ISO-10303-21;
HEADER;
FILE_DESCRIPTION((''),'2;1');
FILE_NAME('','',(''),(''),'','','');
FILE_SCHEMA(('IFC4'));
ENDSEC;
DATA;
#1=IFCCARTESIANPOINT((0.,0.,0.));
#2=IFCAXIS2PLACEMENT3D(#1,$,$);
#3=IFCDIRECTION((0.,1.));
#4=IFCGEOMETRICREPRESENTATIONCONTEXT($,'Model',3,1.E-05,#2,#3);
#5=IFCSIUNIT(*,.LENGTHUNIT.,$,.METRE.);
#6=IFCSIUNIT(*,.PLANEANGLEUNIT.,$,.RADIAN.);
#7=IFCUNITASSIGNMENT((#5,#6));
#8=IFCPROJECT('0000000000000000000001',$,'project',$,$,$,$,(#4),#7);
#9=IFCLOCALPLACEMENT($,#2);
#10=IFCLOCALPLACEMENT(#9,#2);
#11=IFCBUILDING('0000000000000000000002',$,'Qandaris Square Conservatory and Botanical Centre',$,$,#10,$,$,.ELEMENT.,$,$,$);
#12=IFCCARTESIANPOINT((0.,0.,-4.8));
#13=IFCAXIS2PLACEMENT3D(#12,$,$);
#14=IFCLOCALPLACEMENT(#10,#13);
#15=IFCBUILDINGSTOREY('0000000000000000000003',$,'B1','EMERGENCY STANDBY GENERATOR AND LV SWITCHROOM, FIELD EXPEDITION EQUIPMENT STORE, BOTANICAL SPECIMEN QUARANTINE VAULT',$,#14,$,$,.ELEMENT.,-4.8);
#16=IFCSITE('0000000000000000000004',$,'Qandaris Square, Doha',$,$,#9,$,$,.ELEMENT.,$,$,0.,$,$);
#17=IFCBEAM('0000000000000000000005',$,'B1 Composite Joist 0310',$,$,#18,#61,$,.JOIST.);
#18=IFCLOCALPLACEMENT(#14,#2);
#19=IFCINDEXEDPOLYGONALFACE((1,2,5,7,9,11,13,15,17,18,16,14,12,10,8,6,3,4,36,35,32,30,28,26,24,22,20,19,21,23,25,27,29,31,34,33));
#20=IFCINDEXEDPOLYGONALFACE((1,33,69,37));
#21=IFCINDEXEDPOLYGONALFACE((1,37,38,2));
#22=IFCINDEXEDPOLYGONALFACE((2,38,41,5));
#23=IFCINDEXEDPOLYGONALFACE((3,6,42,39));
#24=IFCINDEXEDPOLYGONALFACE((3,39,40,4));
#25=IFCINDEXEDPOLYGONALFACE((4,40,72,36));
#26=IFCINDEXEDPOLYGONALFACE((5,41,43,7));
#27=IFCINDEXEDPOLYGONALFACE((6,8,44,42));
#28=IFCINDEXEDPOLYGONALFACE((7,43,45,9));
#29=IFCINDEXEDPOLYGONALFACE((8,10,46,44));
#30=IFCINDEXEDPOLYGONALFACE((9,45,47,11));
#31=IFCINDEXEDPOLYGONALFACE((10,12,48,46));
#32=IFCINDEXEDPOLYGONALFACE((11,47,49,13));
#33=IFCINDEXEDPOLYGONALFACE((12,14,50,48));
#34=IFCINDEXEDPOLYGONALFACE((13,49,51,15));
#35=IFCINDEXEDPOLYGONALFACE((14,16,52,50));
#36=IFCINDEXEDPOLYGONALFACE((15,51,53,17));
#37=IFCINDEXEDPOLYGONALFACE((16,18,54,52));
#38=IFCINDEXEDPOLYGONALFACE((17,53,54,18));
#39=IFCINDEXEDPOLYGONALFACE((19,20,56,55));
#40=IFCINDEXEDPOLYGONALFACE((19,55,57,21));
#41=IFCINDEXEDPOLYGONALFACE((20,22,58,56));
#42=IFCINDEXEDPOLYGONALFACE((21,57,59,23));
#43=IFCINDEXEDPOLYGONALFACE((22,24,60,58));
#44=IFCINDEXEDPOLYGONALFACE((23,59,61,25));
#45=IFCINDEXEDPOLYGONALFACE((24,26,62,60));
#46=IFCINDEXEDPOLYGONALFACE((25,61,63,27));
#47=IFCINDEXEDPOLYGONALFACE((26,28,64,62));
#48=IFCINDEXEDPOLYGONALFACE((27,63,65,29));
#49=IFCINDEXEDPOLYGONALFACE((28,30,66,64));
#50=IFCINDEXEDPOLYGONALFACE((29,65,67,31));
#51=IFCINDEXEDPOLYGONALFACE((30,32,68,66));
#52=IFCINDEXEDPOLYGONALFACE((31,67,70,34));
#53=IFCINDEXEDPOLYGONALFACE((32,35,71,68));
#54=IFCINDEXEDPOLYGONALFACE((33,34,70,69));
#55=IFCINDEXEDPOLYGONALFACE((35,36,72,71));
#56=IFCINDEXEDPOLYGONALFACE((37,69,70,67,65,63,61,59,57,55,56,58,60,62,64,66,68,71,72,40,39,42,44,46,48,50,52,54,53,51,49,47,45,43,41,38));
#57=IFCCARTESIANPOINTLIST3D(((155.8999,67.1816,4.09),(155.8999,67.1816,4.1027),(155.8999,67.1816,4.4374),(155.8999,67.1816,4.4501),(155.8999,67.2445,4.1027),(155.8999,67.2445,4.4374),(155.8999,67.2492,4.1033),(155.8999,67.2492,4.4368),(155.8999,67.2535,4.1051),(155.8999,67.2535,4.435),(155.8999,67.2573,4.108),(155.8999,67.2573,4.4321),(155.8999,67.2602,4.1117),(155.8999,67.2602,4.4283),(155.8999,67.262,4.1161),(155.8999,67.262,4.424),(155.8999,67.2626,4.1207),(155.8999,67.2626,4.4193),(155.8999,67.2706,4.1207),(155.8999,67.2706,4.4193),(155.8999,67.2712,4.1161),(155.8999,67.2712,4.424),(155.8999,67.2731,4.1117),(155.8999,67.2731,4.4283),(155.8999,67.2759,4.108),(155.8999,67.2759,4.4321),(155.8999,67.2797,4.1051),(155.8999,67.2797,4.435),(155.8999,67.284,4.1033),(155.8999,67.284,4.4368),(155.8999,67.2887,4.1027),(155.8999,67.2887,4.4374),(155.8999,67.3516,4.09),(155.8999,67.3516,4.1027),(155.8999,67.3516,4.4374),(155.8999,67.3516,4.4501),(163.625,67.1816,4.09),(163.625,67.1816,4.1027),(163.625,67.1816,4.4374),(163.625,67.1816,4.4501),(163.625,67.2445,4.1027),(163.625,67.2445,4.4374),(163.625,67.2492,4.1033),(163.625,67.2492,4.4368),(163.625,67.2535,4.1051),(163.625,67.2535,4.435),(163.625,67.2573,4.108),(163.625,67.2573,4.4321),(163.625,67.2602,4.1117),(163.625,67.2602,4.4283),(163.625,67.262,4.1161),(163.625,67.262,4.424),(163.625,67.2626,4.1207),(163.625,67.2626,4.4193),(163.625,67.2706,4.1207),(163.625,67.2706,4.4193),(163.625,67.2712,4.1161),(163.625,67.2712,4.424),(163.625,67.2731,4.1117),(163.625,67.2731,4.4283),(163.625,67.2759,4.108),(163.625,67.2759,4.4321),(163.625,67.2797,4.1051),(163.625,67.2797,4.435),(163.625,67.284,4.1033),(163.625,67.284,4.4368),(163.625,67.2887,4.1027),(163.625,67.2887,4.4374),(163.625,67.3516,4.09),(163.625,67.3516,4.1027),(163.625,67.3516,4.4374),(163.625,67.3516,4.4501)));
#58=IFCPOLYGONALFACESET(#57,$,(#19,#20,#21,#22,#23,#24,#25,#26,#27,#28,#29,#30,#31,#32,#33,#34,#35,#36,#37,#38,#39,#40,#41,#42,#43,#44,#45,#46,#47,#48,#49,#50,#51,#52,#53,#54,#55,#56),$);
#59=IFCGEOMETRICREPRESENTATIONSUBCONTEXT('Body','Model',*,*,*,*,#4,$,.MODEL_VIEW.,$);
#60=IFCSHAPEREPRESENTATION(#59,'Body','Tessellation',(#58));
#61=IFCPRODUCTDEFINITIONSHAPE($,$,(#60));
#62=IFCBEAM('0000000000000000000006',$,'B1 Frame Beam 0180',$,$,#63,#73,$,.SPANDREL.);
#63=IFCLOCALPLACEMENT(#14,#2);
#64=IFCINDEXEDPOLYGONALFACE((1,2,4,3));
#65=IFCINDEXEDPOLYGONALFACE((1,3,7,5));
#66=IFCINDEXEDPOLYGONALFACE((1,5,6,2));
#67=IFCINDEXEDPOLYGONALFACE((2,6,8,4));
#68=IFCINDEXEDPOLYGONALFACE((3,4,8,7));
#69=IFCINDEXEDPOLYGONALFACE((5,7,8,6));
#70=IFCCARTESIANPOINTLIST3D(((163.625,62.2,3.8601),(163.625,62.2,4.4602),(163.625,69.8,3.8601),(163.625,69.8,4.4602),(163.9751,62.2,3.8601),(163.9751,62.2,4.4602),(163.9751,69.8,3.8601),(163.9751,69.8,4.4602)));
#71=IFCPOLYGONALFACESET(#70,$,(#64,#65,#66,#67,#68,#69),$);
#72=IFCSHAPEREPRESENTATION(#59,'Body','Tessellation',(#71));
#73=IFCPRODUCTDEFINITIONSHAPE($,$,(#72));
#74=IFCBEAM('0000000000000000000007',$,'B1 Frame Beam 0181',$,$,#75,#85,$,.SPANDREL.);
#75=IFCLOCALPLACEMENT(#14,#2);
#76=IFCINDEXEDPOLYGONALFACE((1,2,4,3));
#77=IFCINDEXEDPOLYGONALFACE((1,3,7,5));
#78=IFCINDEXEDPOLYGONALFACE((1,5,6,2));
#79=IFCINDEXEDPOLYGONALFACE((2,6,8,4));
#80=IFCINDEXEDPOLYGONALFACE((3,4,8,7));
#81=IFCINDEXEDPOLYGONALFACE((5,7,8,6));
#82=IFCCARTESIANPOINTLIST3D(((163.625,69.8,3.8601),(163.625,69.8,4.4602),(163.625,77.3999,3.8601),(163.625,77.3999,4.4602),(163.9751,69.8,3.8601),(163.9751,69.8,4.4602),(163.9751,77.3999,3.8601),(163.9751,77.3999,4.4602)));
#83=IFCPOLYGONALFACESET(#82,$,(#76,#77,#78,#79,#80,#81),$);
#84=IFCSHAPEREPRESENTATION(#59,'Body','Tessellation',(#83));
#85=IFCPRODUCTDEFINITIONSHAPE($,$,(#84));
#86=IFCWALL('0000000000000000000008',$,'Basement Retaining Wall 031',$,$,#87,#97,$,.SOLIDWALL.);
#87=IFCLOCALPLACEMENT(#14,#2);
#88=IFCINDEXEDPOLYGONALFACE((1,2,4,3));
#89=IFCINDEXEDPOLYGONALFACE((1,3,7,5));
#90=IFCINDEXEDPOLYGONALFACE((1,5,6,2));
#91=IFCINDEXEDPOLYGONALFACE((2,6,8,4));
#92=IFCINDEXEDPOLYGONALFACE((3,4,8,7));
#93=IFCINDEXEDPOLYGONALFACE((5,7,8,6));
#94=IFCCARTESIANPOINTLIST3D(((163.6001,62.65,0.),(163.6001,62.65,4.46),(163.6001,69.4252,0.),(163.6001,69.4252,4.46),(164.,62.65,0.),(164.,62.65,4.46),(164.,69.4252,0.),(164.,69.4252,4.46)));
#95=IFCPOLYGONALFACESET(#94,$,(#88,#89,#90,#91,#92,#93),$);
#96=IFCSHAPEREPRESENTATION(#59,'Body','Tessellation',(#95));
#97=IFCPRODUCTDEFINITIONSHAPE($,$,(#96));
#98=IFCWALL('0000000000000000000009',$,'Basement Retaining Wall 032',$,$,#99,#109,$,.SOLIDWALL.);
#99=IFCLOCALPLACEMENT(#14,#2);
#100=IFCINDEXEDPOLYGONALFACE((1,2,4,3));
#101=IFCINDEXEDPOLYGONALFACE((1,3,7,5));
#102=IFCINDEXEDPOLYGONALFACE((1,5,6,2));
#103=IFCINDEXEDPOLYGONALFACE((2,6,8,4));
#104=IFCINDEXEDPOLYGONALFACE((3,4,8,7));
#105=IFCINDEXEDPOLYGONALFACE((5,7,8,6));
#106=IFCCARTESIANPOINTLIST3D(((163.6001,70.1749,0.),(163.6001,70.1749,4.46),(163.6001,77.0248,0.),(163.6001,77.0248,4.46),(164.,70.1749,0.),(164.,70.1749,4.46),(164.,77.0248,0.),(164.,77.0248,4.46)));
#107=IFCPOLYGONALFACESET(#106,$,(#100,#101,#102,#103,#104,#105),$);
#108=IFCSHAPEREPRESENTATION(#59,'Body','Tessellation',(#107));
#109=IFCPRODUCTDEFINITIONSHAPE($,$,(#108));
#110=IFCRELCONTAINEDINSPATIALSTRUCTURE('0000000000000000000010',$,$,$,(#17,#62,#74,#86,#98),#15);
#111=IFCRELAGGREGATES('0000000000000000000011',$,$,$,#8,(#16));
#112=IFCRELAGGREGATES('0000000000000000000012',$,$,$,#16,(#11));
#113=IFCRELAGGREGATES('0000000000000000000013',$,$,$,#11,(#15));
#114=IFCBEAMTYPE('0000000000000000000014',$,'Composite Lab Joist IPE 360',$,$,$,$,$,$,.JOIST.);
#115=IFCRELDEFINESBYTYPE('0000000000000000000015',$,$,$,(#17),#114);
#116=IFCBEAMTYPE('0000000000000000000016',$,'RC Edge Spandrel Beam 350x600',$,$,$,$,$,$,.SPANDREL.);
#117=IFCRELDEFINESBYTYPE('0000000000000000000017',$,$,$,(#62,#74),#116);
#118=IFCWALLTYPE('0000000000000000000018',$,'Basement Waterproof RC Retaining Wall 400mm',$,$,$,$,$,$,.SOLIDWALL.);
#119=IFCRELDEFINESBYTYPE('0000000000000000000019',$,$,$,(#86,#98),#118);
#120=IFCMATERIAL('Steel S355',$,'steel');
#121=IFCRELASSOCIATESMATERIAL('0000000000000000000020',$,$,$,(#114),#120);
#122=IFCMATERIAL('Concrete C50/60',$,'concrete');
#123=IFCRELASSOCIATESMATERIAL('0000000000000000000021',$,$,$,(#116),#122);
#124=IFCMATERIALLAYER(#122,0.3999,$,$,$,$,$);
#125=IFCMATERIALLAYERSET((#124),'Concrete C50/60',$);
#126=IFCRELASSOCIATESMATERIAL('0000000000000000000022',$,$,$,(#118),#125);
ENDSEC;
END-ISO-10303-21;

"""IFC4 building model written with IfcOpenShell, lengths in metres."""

from ifc_helpers import new_model, si_unit, direction, frame, frame_2d, origin, origin_2d, place, context, subcontext, project, spatial, rectangle, i_section, extrude, material, layer, layer_set, material_profile, profile_set, type_object, element, save


model = new_model("IFC4")

# Units and contexts
model_context = context("Model", 3, precision=1e-05, world=origin(), true_north=direction((0.0, 1.0)))
body_context = subcontext(model_context, "Body", "Model", "MODEL_VIEW")
ifc_project = project(units=[si_unit("LENGTHUNIT", "METRE"), si_unit("PLANEANGLEUNIT", "RADIAN")], contexts=[model_context])

# Site, building, storey
site_placement = place(None, origin())
site = spatial("IfcSite", under=ifc_project, at=site_placement, Name="Qandaris Square, Doha", CompositionType="ELEMENT", RefElevation=0.0)
building_placement = place(site_placement, origin())
building = spatial("IfcBuilding", under=site, at=building_placement, Name="Qandaris Square Conservatory and Botanical Centre", CompositionType="ELEMENT")
storey_placement = place(building_placement, frame((0.0, 0.0, -4.8)))
storey = spatial("IfcBuildingStorey", under=building, at=storey_placement, Name="B1", Description="EMERGENCY STANDBY GENERATOR AND LV SWITCHROOM, FIELD EXPEDITION EQUIPMENT STORE, BOTANICAL SPECIMEN QUARANTINE VAULT", CompositionType="ELEMENT", Elevation=-4.8)

# Shared definitions
ifc_material_1 = material(Name="Concrete C50/60", Category="concrete")

# Beams
ifc_material_2 = material(Name="Steel S355", Category="steel")
ifc_material_profile_1 = material_profile(ifc_material_2, i_section(OverallWidth=0.1699, OverallDepth=0.3601, WebThickness=0.0081, FlangeThickness=0.0127, FilletRadius=0.0181, at=origin_2d()), Name="IPE 360")
ifc_profile_set_1 = profile_set([ifc_material_profile_1], Name="Steel S355")
beam_type_1 = type_object("IfcBeamType", Name="Composite Lab Joist IPE 360", PredefinedType="JOIST", material=ifc_profile_set_1)
beam_1_placement = place(storey_placement, frame((155.8999, 67.2666, 4.27), z_axis=(1.0, 0.0, 0.0), x_axis=(0.0, 1.0, 0.0)))
element("IfcBeam", 1, at=beam_1_placement, inside=storey, type_object=beam_type_1, Name="B1 Composite Joist 0310", PredefinedType="JOIST", context=body_context, shape_type="SweptSolid", body=[
    extrude(i_section(OverallWidth=0.1699, OverallDepth=0.3601, WebThickness=0.0081, FlangeThickness=0.0127, FilletRadius=0.0181, at=origin_2d()), origin(), (0.0, 0.0, 1.0), 7.7251),
])
ifc_material_profile_2 = material_profile(ifc_material_1, rectangle(XDim=0.3501, YDim=0.6001, at=origin_2d()), Name="RC-SP 350x600")
ifc_profile_set_2 = profile_set([ifc_material_profile_2], Name="Concrete C50/60")
beam_type_2 = type_object("IfcBeamType", Name="RC Edge Spandrel Beam 350x600", PredefinedType="SPANDREL", material=ifc_profile_set_2)
beam_2_placement = place(storey_placement, frame((163.8, 62.2, 4.1602), z_axis=(0.0, 1.0, 0.0), x_axis=(-1.0, 0.0, 0.0)))
element("IfcBeam", 2, at=beam_2_placement, inside=storey, type_object=beam_type_2, Name="B1 Frame Beam 0180", PredefinedType="SPANDREL", context=body_context, shape_type="SweptSolid", body=[
    extrude(rectangle(XDim=0.3501, YDim=0.6001, at=origin_2d()), origin(), (0.0, 0.0, 1.0), 7.6001),
])
beam_3_placement = place(storey_placement, frame((163.8, 69.8, 4.1602), z_axis=(0.0, 1.0, 0.0), x_axis=(-1.0, 0.0, 0.0)))
element("IfcBeam", 3, at=beam_3_placement, inside=storey, type_object=beam_type_2, Name="B1 Frame Beam 0181", PredefinedType="SPANDREL", context=body_context, shape_type="SweptSolid", body=[
    extrude(rectangle(XDim=0.3501, YDim=0.6001, at=origin_2d()), origin(), (0.0, 0.0, 1.0), 7.5999),
])

# Walls
ifc_layer = layer(ifc_material_1, 0.3999)
ifc_layer_set = layer_set([ifc_layer], Name="Concrete C50/60")
wall_type = type_object("IfcWallType", Name="Basement Waterproof RC Retaining Wall 400mm", PredefinedType="SOLIDWALL", material=ifc_layer_set)
wall_1_placement = place(storey_placement, frame((163.8, 62.6499, 0.0), z_axis=(0.0, 0.0, 1.0), x_axis=(0.0, 1.0, 0.0)))
element("IfcWall", 4, at=wall_1_placement, inside=storey, type_object=wall_type, Name="Basement Retaining Wall 031", PredefinedType="SOLIDWALL", context=body_context, shape_type="SweptSolid", body=[
    extrude(rectangle(XDim=6.7751, YDim=0.3999, at=frame_2d((3.3877, 0.0))), origin(), (0.0, 0.0, 1.0), 4.46),
])
wall_2_placement = place(storey_placement, frame((163.8, 70.175, 0.0), z_axis=(0.0, 0.0, 1.0), x_axis=(0.0, 1.0, 0.0)))
element("IfcWall", 5, at=wall_2_placement, inside=storey, type_object=wall_type, Name="Basement Retaining Wall 032", PredefinedType="SOLIDWALL", context=body_context, shape_type="SweptSolid", body=[
    extrude(rectangle(XDim=6.8499, YDim=0.3999, at=frame_2d((3.4248, 0.0))), origin(), (0.0, 0.0, 1.0), 4.46),
])

save(model, "model.ifc")
